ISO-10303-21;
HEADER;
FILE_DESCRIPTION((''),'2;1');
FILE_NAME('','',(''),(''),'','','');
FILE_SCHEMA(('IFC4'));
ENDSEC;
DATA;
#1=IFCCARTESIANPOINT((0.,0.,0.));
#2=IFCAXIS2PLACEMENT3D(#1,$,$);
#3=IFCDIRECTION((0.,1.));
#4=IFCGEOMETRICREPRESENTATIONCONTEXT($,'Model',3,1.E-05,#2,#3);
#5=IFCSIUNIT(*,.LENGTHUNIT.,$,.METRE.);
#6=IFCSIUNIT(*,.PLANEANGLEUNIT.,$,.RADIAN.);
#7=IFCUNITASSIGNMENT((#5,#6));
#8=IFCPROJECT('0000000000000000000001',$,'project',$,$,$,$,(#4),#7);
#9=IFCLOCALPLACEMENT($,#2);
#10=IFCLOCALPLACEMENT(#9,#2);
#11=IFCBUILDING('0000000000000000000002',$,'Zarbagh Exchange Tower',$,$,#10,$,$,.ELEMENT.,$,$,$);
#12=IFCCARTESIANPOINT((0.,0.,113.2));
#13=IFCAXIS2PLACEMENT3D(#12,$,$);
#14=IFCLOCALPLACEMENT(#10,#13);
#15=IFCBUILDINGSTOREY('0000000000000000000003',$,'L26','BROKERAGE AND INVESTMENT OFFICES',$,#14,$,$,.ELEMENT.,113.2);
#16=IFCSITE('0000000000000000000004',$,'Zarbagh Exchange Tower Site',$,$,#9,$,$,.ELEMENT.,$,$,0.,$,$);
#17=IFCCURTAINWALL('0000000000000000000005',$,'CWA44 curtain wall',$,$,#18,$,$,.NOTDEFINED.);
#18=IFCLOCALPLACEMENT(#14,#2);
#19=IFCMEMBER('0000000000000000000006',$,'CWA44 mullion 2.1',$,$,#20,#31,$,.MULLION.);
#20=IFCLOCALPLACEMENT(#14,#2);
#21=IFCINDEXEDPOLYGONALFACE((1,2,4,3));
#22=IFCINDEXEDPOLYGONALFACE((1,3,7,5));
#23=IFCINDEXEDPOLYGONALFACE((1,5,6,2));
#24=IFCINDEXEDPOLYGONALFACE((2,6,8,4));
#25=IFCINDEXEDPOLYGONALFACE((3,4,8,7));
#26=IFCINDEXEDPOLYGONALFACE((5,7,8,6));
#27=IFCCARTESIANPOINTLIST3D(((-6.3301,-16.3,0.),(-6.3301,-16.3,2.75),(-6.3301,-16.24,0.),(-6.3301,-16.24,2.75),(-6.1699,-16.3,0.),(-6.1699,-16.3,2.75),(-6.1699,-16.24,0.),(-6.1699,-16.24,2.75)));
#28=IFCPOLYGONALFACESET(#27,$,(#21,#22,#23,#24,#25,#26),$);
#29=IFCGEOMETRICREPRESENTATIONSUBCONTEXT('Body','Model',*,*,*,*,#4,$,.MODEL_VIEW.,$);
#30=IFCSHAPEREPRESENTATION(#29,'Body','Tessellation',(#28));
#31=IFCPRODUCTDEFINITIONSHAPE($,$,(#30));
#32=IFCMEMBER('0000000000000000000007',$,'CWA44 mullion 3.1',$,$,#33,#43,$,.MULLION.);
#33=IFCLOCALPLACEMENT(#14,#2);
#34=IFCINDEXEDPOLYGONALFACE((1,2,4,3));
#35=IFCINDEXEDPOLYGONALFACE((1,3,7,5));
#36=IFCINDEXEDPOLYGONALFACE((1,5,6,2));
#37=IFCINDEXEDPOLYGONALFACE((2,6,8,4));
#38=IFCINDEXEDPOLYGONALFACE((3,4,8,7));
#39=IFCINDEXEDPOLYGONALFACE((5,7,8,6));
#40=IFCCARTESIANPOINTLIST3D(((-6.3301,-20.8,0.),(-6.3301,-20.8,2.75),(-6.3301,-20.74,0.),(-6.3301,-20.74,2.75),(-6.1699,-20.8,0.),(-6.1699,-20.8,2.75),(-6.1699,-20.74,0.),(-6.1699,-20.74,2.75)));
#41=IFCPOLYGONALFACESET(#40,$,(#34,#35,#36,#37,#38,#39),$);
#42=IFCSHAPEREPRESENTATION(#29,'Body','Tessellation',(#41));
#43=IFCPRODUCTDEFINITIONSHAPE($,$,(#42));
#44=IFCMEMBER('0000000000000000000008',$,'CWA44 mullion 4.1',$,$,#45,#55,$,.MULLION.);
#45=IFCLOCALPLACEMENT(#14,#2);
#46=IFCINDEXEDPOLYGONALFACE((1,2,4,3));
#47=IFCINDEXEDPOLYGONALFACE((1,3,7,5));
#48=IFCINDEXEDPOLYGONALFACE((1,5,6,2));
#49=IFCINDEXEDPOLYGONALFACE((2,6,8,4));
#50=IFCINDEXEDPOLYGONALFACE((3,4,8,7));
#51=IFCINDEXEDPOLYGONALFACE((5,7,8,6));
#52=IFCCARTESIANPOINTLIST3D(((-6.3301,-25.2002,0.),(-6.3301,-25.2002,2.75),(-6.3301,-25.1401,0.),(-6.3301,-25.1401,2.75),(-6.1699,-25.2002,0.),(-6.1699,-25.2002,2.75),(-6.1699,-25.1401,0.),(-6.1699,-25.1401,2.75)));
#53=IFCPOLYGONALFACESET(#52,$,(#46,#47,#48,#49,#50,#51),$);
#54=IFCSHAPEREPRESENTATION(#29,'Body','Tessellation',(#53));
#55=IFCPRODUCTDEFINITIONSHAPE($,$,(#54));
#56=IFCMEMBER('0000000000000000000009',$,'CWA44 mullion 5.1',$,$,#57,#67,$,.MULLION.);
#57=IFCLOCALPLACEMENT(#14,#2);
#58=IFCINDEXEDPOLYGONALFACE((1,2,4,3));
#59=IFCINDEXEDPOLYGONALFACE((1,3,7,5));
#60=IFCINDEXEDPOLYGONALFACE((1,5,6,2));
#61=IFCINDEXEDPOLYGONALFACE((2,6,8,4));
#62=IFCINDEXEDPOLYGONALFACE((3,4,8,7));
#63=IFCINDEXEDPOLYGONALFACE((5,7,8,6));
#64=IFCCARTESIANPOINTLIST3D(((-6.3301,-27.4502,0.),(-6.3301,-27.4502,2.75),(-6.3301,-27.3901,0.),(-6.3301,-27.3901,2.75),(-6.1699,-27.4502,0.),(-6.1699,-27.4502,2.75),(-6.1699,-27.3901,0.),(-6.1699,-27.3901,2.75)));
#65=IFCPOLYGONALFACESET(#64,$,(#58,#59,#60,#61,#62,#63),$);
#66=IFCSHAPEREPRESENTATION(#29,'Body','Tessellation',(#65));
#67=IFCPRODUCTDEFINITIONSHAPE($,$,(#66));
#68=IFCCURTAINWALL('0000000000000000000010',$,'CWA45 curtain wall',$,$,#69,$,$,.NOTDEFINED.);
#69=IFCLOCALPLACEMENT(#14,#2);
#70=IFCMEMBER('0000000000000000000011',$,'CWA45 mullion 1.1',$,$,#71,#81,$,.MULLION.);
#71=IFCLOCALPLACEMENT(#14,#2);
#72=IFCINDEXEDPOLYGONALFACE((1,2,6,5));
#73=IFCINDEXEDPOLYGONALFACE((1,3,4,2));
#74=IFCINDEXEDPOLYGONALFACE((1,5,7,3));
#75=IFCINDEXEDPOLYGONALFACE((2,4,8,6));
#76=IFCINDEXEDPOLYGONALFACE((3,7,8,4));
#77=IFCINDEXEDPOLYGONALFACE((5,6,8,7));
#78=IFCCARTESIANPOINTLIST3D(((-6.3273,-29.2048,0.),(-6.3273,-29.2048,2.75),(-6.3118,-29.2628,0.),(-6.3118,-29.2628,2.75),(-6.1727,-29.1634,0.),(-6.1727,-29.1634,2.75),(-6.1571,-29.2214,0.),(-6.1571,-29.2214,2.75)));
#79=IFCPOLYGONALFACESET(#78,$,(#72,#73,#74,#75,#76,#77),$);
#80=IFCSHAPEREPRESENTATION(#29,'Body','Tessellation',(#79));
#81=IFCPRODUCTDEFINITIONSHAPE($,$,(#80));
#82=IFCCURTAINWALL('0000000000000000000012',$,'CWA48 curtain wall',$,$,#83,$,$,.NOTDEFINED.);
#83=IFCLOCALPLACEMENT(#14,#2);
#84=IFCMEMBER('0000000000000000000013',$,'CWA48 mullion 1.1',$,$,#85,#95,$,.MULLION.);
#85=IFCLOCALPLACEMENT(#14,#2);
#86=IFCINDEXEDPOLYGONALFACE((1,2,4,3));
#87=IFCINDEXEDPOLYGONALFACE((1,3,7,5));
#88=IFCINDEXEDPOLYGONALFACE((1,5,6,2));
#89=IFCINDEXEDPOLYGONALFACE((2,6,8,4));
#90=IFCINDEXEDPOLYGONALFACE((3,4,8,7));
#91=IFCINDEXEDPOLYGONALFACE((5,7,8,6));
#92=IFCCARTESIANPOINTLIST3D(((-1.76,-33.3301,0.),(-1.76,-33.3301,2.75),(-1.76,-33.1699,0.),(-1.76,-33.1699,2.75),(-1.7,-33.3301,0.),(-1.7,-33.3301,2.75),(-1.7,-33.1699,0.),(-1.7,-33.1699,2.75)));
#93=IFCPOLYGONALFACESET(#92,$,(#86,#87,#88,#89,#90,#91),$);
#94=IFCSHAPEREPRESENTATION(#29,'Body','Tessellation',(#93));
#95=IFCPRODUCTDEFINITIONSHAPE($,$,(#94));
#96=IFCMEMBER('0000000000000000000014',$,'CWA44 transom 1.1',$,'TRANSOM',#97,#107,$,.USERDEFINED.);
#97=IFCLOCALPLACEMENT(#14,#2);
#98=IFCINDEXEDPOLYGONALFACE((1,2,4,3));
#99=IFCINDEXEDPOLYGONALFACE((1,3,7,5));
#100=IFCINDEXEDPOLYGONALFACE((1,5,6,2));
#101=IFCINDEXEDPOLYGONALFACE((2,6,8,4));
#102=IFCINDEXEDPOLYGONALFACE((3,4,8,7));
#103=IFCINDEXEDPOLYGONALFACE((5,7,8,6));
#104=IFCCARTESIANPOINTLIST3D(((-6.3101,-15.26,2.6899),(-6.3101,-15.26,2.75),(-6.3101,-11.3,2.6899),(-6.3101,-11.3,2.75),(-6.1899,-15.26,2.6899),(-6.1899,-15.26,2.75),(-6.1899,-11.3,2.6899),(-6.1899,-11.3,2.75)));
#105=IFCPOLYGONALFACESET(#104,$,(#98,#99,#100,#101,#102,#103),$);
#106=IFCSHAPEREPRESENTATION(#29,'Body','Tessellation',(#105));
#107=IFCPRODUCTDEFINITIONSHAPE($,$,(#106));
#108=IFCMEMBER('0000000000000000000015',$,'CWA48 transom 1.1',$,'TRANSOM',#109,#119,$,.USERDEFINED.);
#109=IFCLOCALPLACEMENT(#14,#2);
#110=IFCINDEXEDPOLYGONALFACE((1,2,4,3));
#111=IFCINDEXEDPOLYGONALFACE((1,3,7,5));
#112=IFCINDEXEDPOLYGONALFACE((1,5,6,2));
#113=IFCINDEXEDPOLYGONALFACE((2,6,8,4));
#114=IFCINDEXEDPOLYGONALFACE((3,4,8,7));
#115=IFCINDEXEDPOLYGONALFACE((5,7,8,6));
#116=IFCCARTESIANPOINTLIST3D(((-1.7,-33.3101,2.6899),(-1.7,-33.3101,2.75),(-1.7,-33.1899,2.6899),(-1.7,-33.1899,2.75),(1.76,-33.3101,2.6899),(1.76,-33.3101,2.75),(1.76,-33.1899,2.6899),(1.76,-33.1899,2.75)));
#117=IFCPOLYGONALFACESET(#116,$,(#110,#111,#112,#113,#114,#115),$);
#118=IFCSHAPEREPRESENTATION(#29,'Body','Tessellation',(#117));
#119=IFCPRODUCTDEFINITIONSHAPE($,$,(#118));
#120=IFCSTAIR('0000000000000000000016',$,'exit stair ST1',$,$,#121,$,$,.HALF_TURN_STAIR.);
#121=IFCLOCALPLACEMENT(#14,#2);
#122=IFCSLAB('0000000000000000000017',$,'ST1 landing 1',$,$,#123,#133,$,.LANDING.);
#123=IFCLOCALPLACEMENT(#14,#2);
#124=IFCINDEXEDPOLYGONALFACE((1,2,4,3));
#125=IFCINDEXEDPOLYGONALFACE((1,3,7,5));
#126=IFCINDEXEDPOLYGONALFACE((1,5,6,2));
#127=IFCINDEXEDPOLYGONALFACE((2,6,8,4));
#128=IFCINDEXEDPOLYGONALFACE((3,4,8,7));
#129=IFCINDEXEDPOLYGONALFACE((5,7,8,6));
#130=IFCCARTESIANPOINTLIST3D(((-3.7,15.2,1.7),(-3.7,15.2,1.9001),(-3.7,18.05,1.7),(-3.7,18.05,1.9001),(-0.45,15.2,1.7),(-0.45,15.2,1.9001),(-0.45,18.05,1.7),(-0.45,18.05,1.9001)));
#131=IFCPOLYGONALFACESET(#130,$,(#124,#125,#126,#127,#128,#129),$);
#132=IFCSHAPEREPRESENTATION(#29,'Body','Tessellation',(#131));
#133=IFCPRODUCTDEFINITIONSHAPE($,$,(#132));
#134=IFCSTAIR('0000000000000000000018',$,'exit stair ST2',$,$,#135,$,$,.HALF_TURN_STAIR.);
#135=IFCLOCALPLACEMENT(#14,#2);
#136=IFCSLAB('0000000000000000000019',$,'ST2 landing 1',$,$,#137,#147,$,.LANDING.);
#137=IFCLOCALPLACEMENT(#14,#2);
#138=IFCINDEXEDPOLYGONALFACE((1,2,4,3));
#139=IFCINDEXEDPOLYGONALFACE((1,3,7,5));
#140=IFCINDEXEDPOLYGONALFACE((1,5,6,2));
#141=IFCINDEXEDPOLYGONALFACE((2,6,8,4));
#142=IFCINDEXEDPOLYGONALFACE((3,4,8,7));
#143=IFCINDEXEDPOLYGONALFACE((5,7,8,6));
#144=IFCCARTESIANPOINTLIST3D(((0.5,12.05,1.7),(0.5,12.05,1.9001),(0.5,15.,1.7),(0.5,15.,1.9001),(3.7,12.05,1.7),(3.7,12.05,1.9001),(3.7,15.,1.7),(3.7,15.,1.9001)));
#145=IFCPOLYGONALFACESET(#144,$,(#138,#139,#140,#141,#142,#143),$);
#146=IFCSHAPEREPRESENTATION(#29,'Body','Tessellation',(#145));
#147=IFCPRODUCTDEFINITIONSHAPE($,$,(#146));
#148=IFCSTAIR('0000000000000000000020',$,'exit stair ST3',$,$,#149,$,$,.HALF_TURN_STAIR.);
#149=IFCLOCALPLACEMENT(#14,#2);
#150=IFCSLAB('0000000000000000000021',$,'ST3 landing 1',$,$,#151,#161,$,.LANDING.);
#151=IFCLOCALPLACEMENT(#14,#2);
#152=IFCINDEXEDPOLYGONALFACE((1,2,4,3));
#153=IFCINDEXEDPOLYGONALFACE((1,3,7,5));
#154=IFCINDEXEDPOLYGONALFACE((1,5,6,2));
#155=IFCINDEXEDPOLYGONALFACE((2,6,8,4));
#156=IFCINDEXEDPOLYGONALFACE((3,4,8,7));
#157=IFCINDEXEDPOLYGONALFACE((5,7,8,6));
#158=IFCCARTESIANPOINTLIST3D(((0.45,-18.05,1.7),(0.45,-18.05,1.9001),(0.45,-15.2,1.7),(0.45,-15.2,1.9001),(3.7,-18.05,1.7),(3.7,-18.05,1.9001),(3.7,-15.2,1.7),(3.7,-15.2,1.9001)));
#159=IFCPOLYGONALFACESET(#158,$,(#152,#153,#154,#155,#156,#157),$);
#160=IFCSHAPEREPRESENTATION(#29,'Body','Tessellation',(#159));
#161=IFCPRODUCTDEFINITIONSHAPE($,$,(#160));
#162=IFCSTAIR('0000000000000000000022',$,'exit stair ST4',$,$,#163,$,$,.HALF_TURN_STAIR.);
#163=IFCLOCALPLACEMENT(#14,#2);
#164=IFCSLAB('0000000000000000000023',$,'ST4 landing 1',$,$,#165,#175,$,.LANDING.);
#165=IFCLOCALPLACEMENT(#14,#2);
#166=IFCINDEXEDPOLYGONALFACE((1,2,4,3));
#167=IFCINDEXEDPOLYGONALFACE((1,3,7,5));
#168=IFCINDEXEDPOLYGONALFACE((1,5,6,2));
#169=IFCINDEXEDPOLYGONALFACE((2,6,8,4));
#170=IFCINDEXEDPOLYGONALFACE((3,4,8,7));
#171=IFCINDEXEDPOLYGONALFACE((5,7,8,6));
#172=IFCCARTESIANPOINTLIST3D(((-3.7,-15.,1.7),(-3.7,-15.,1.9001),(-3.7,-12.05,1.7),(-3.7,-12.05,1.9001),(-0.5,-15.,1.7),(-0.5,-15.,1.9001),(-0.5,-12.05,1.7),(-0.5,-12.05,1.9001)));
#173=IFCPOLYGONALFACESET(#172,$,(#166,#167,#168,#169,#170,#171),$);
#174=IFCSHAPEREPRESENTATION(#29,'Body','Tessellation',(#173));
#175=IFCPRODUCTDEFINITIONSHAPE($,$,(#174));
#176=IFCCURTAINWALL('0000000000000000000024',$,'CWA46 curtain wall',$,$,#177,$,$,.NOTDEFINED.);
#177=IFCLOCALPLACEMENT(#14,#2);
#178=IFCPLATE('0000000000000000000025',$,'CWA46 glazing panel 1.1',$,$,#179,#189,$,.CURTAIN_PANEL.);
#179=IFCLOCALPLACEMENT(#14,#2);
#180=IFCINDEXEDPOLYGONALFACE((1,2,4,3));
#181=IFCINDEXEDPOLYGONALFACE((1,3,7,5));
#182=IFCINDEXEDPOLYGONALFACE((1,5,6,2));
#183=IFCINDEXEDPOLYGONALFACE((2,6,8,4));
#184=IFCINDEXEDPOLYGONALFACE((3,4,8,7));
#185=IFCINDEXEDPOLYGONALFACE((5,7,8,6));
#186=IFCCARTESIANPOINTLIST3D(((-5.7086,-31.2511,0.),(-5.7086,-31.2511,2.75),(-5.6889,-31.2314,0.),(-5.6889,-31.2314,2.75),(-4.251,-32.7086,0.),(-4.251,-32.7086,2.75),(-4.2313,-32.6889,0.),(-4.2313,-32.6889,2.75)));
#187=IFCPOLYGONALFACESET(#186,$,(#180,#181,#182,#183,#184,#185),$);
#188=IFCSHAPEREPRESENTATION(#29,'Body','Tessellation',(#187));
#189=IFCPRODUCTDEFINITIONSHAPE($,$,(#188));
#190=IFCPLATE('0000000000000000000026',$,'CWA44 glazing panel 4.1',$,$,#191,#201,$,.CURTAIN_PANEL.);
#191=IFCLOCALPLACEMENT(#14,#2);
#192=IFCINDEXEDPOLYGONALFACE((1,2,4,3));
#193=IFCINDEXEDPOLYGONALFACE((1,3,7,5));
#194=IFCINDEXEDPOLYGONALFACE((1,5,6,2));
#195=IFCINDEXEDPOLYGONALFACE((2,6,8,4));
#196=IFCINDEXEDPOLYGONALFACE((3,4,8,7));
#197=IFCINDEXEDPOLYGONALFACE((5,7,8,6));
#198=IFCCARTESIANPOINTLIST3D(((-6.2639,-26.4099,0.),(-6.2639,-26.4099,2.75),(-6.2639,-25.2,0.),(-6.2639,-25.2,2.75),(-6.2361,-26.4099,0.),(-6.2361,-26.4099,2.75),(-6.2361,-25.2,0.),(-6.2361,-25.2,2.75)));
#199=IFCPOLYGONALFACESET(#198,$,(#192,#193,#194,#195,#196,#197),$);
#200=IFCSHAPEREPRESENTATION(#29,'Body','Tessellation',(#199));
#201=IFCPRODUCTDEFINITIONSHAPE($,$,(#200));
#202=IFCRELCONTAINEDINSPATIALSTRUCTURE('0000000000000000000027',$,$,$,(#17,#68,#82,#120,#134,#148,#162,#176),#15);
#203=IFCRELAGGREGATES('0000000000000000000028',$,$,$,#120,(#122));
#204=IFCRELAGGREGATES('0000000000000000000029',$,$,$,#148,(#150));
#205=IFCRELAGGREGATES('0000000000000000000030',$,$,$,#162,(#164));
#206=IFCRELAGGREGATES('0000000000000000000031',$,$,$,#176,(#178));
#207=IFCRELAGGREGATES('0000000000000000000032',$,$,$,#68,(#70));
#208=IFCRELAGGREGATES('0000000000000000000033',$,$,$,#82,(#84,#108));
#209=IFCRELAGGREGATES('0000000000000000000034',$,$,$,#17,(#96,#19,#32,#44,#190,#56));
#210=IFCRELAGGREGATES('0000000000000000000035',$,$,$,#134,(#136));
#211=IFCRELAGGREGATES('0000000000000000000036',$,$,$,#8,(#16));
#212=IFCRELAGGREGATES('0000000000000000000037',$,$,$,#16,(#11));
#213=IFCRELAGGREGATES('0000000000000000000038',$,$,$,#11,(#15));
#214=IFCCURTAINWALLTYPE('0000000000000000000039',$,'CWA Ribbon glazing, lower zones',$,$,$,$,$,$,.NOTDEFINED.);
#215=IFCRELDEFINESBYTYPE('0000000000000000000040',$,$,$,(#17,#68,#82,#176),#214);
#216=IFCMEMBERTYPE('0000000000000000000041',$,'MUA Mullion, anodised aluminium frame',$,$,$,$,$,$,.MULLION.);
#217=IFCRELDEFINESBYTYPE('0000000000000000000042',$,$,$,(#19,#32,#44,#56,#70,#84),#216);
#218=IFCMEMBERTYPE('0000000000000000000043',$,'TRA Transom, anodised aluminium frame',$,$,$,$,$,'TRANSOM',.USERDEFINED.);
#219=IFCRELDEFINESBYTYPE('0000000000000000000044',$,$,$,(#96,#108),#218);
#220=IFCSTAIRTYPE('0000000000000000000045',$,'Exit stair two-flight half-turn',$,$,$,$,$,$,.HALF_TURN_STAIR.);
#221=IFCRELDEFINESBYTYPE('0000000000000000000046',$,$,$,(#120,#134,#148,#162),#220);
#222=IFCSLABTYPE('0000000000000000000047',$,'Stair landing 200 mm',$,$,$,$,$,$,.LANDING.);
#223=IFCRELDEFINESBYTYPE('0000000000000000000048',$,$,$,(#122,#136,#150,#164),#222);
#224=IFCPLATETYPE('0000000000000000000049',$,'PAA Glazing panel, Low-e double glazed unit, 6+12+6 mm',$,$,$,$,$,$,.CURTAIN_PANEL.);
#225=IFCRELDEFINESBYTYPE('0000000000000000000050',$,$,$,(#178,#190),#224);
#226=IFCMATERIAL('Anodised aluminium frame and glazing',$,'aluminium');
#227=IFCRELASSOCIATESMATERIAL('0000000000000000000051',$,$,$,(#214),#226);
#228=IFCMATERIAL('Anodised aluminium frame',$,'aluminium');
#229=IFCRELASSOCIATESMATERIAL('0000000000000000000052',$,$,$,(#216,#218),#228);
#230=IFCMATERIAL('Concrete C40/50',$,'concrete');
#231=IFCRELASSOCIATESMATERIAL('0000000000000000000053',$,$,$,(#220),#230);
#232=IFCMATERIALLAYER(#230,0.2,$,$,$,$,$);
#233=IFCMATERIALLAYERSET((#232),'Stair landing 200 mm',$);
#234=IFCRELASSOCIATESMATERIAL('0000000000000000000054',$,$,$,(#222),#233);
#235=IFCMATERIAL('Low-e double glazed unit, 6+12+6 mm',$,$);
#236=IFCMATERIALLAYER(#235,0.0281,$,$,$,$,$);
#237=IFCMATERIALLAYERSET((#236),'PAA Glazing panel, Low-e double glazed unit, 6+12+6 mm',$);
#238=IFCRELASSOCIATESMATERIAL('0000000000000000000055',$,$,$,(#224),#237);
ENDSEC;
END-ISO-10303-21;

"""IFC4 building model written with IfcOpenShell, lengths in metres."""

from ifc_helpers import new_model, si_unit, direction, frame, origin, place, context, subcontext, project, spatial, polyline, outline, extrude, source, transform, mapped, material, layer, layer_set, type_object, element, aggregate, save


model = new_model("IFC4")

# Units and contexts
model_context = context("Model", 3, precision=1e-05, world=origin(), true_north=direction((0.0, 1.0)))
body_context = subcontext(model_context, "Body", "Model", "MODEL_VIEW")
ifc_project = project(units=[si_unit("LENGTHUNIT", "METRE"), si_unit("PLANEANGLEUNIT", "RADIAN")], contexts=[model_context])

# Site, building, storey
site_placement = place(None, origin())
site = spatial("IfcSite", under=ifc_project, at=site_placement, Name="Zarbagh Exchange Tower Site", CompositionType="ELEMENT", RefElevation=0.0)
building_placement = place(site_placement, origin())
building = spatial("IfcBuilding", under=site, at=building_placement, Name="Zarbagh Exchange Tower", CompositionType="ELEMENT")
storey_placement = place(building_placement, frame((0.0, 0.0, 113.2)))
storey = spatial("IfcBuildingStorey", under=building, at=storey_placement, Name="L26", Description="BROKERAGE AND INVESTMENT OFFICES", CompositionType="ELEMENT", Elevation=113.2)

# Curtain wall, members
ifc_material_1 = material(Name="Anodised aluminium frame and glazing", Category="aluminium")
curtain_wall_type = type_object("IfcCurtainWallType", Name="CWA Ribbon glazing, lower zones", PredefinedType="NOTDEFINED", material=ifc_material_1)
curtain_wall_1_placement = place(storey_placement, origin())
curtain_wall_1 = element("IfcCurtainWall", 1, at=curtain_wall_1_placement, inside=storey, type_object=curtain_wall_type, Name="CWA44 curtain wall", PredefinedType="NOTDEFINED")
ifc_material_2 = material(Name="Anodised aluminium frame", Category="aluminium")
member_type_1 = type_object("IfcMemberType", Name="MUA Mullion, anodised aluminium frame", PredefinedType="MULLION", material=ifc_material_2)
shared_shape_1 = source(origin(), body_context, "Body", "SweptSolid", [
    extrude(outline(polyline([(0.0, -0.0801), (0.0601, -0.0801), (0.0601, 0.0801), (0.0, 0.0801), (0.0, -0.0801)])), origin(), (0.0, 0.0, 1.0), 2.75),
])
placement = place(storey_placement, origin())
member_1 = element("IfcMember", 2, at=placement, type_object=member_type_1, Name="CWA44 mullion 2.1", PredefinedType="MULLION", context=body_context, shape_type="MappedRepresentation", body=[
    mapped(shared_shape_1, transform((-6.25, -16.24, 0.0), x_axis=(0.0, -1.0, 0.0), y_axis=(1.0, 0.0, 0.0), z_axis=(0.0, 0.0, 1.0))),
])
member_2 = element("IfcMember", 3, at=placement, type_object=member_type_1, Name="CWA44 mullion 3.1", PredefinedType="MULLION", context=body_context, shape_type="MappedRepresentation", body=[
    mapped(shared_shape_1, transform((-6.25, -20.74, 0.0), x_axis=(0.0, -1.0, 0.0), y_axis=(1.0, 0.0, 0.0), z_axis=(0.0, 0.0, 1.0))),
])
member_3 = element("IfcMember", 4, at=placement, type_object=member_type_1, Name="CWA44 mullion 4.1", PredefinedType="MULLION", context=body_context, shape_type="MappedRepresentation", body=[
    mapped(shared_shape_1, transform((-6.25, -25.1401, 0.0), x_axis=(0.0, -1.0, 0.0), y_axis=(1.0, 0.0, 0.0), z_axis=(0.0, 0.0, 1.0))),
])
member_4 = element("IfcMember", 5, at=placement, type_object=member_type_1, Name="CWA44 mullion 5.1", PredefinedType="MULLION", context=body_context, shape_type="MappedRepresentation", body=[
    mapped(shared_shape_1, transform((-6.25, -27.3901, 0.0), x_axis=(0.0, -1.0, 0.0), y_axis=(1.0, 0.0, 0.0), z_axis=(0.0, 0.0, 1.0))),
])

# Curtain walls, members
curtain_wall_2_placement = place(storey_placement, origin())
curtain_wall_2 = element("IfcCurtainWall", 6, at=curtain_wall_2_placement, inside=storey, type_object=curtain_wall_type, Name="CWA45 curtain wall", PredefinedType="NOTDEFINED")
member_5 = element("IfcMember", 7, at=placement, type_object=member_type_1, Name="CWA45 mullion 1.1", PredefinedType="MULLION", context=body_context, shape_type="MappedRepresentation", body=[
    mapped(shared_shape_1, transform((-6.25, -29.1841, 0.0), x_axis=(0.258825, -0.965924, 0.0), y_axis=(0.965924, 0.258825, 0.0), z_axis=(0.0, 0.0, 1.0))),
])
curtain_wall_3_placement = place(storey_placement, origin())
curtain_wall_3 = element("IfcCurtainWall", 8, at=curtain_wall_3_placement, inside=storey, type_object=curtain_wall_type, Name="CWA48 curtain wall", PredefinedType="NOTDEFINED")
member_6 = element("IfcMember", 9, at=placement, type_object=member_type_1, Name="CWA48 mullion 1.1", PredefinedType="MULLION", context=body_context, shape_type="MappedRepresentation", body=[
    mapped(shared_shape_1, transform((-1.76, -33.25, 0.0), x_axis=(1.0, 0.0, 0.0), y_axis=(0.0, 1.0, 0.0), z_axis=(0.0, 0.0, 1.0))),
])

# Members
member_type_2 = type_object("IfcMemberType", Name="TRA Transom, anodised aluminium frame", ElementType="TRANSOM", PredefinedType="USERDEFINED", material=ifc_material_2)
shared_shape_2 = source(origin(), body_context, "Body", "SweptSolid", [
    extrude(outline(polyline([(-0.0601, -0.0601), (0.0, -0.0601), (0.0, 0.0601), (-0.0601, 0.0601), (-0.0601, -0.0601)])), origin(), (0.0, 0.0, 1.0), 3.96),
])
member_7 = element("IfcMember", 10, at=placement, type_object=member_type_2, Name="CWA44 transom 1.1", ObjectType="TRANSOM", PredefinedType="USERDEFINED", context=body_context, shape_type="MappedRepresentation", body=[
    mapped(shared_shape_2, transform((-6.25, -11.3, 2.75), x_axis=(0.0, 0.0, 1.0), y_axis=(-1.0, 0.0, 0.0), z_axis=(0.0, -1.0, 0.0))),
])
shared_shape_3 = source(origin(), body_context, "Body", "SweptSolid", [
    extrude(outline(polyline([(-0.0601, -0.0601), (0.0, -0.0601), (0.0, 0.0601), (-0.0601, 0.0601), (-0.0601, -0.0601)])), origin(), (0.0, 0.0, 1.0), 3.46),
])
member_8 = element("IfcMember", 11, at=placement, type_object=member_type_2, Name="CWA48 transom 1.1", ObjectType="TRANSOM", PredefinedType="USERDEFINED", context=body_context, shape_type="MappedRepresentation", body=[
    mapped(shared_shape_3, transform((-1.7, -33.25, 2.75), x_axis=(0.0, 0.0, 1.0), y_axis=(0.0, -1.0, 0.0), z_axis=(1.0, 0.0, 0.0))),
])

# Stairs, slabs
ifc_material_3 = material(Name="Concrete C40/50", Category="concrete")
stair_type = type_object("IfcStairType", Name="Exit stair two-flight half-turn", PredefinedType="HALF_TURN_STAIR", material=ifc_material_3)
stair_1_placement = place(storey_placement, origin())
stair_1 = element("IfcStair", 12, at=stair_1_placement, inside=storey, type_object=stair_type, Name="exit stair ST1", PredefinedType="HALF_TURN_STAIR")
ifc_layer_1 = layer(ifc_material_3, 0.2)
ifc_layer_set_1 = layer_set([ifc_layer_1], Name="Stair landing 200 mm")
slab_type = type_object("IfcSlabType", Name="Stair landing 200 mm", PredefinedType="LANDING", material=ifc_layer_set_1)
slab_1_placement = place(storey_placement, frame((0.0, 0.0, 1.7)))
slab_1 = element("IfcSlab", 13, at=slab_1_placement, type_object=slab_type, Name="ST1 landing 1", PredefinedType="LANDING", context=body_context, shape_type="SweptSolid", body=[
    extrude(outline(polyline([(-0.45, 18.05), (-3.7, 18.05), (-3.7, 15.2), (-0.45, 15.2), (-0.45, 18.05)])), origin(), (0.0, 0.0, 1.0), 0.2002),
])
aggregate(stair_1, [slab_1])
stair_2_placement = place(storey_placement, origin())
stair_2 = element("IfcStair", 14, at=stair_2_placement, inside=storey, type_object=stair_type, Name="exit stair ST2", PredefinedType="HALF_TURN_STAIR")
slab_2_placement = place(storey_placement, frame((0.0, 0.0, 1.7)))
slab_2 = element("IfcSlab", 15, at=slab_2_placement, type_object=slab_type, Name="ST2 landing 1", PredefinedType="LANDING", context=body_context, shape_type="SweptSolid", body=[
    extrude(outline(polyline([(0.5, 12.05), (3.7, 12.05), (3.7, 15.0), (0.5, 15.0), (0.5, 12.05)])), origin(), (0.0, 0.0, 1.0), 0.2002),
])
stair_3_placement = place(storey_placement, origin())
stair_3 = element("IfcStair", 16, at=stair_3_placement, inside=storey, type_object=stair_type, Name="exit stair ST3", PredefinedType="HALF_TURN_STAIR")
slab_3_placement = place(storey_placement, frame((0.0, 0.0, 1.7)))
slab_3 = element("IfcSlab", 17, at=slab_3_placement, type_object=slab_type, Name="ST3 landing 1", PredefinedType="LANDING", context=body_context, shape_type="SweptSolid", body=[
    extrude(outline(polyline([(0.45, -18.05), (3.7, -18.05), (3.7, -15.2), (0.45, -15.2), (0.45, -18.05)])), origin(), (0.0, 0.0, 1.0), 0.2002),
])
aggregate(stair_3, [slab_3])
stair_4_placement = place(storey_placement, origin())
stair_4 = element("IfcStair", 18, at=stair_4_placement, inside=storey, type_object=stair_type, Name="exit stair ST4", PredefinedType="HALF_TURN_STAIR")
slab_4_placement = place(storey_placement, frame((0.0, 0.0, 1.7)))
slab_4 = element("IfcSlab", 19, at=slab_4_placement, type_object=slab_type, Name="ST4 landing 1", PredefinedType="LANDING", context=body_context, shape_type="SweptSolid", body=[
    extrude(outline(polyline([(-0.5, -12.05), (-3.7, -12.05), (-3.7, -15.0), (-0.5, -15.0), (-0.5, -12.05)])), origin(), (0.0, 0.0, 1.0), 0.2002),
])
aggregate(stair_4, [slab_4])

# Curtain wall, plate
curtain_wall_4_placement = place(storey_placement, origin())
curtain_wall_4 = element("IfcCurtainWall", 20, at=curtain_wall_4_placement, inside=storey, type_object=curtain_wall_type, Name="CWA46 curtain wall", PredefinedType="NOTDEFINED")
ifc_material_4 = material(Name="Low-e double glazed unit, 6+12+6 mm")
ifc_layer_2 = layer(ifc_material_4, 0.0281)
ifc_layer_set_2 = layer_set([ifc_layer_2], Name="PAA Glazing panel, Low-e double glazed unit, 6+12+6 mm")
plate_type = type_object("IfcPlateType", Name="PAA Glazing panel, Low-e double glazed unit, 6+12+6 mm", PredefinedType="CURTAIN_PANEL", material=ifc_layer_set_2)
shared_shape_4 = source(origin(), body_context, "Body", "SweptSolid", [
    extrude(outline(polyline([(0.0, -0.0139), (2.0613, -0.0139), (2.0613, 0.0139), (0.0, 0.0139), (0.0, -0.0139)])), origin(), (0.0, 0.0, 1.0), 2.75),
])
plate_1 = element("IfcPlate", 21, at=placement, type_object=plate_type, Name="CWA46 glazing panel 1.1", PredefinedType="CURTAIN_PANEL", context=body_context, shape_type="MappedRepresentation", body=[
    mapped(shared_shape_4, transform((-5.6987, -31.2412, 0.0), x_axis=(0.707107, -0.707107, 0.0), y_axis=(0.707107, 0.707107, 0.0), z_axis=(0.0, 0.0, 1.0))),
])
aggregate(curtain_wall_4, [plate_1])

# Plate
shared_shape_5 = source(origin(), body_context, "Body", "SweptSolid", [
    extrude(outline(polyline([(0.0, -0.0139), (1.21, -0.0139), (1.21, 0.0139), (0.0, 0.0139), (0.0, -0.0139)])), origin(), (0.0, 0.0, 1.0), 2.75),
])
plate_2 = element("IfcPlate", 22, at=placement, type_object=plate_type, Name="CWA44 glazing panel 4.1", PredefinedType="CURTAIN_PANEL", context=body_context, shape_type="MappedRepresentation", body=[
    mapped(shared_shape_5, transform((-6.25, -25.2, 0.0), x_axis=(0.0, -1.0, 0.0), y_axis=(1.0, 0.0, 0.0), z_axis=(0.0, 0.0, 1.0))),
])
aggregate(curtain_wall_2, [member_5])

aggregate(curtain_wall_3, [member_6, member_8])
aggregate(curtain_wall_1, [member_7, member_1, member_2, member_3, plate_2, member_4])

aggregate(stair_2, [slab_2])

save(model, "model.ifc")
